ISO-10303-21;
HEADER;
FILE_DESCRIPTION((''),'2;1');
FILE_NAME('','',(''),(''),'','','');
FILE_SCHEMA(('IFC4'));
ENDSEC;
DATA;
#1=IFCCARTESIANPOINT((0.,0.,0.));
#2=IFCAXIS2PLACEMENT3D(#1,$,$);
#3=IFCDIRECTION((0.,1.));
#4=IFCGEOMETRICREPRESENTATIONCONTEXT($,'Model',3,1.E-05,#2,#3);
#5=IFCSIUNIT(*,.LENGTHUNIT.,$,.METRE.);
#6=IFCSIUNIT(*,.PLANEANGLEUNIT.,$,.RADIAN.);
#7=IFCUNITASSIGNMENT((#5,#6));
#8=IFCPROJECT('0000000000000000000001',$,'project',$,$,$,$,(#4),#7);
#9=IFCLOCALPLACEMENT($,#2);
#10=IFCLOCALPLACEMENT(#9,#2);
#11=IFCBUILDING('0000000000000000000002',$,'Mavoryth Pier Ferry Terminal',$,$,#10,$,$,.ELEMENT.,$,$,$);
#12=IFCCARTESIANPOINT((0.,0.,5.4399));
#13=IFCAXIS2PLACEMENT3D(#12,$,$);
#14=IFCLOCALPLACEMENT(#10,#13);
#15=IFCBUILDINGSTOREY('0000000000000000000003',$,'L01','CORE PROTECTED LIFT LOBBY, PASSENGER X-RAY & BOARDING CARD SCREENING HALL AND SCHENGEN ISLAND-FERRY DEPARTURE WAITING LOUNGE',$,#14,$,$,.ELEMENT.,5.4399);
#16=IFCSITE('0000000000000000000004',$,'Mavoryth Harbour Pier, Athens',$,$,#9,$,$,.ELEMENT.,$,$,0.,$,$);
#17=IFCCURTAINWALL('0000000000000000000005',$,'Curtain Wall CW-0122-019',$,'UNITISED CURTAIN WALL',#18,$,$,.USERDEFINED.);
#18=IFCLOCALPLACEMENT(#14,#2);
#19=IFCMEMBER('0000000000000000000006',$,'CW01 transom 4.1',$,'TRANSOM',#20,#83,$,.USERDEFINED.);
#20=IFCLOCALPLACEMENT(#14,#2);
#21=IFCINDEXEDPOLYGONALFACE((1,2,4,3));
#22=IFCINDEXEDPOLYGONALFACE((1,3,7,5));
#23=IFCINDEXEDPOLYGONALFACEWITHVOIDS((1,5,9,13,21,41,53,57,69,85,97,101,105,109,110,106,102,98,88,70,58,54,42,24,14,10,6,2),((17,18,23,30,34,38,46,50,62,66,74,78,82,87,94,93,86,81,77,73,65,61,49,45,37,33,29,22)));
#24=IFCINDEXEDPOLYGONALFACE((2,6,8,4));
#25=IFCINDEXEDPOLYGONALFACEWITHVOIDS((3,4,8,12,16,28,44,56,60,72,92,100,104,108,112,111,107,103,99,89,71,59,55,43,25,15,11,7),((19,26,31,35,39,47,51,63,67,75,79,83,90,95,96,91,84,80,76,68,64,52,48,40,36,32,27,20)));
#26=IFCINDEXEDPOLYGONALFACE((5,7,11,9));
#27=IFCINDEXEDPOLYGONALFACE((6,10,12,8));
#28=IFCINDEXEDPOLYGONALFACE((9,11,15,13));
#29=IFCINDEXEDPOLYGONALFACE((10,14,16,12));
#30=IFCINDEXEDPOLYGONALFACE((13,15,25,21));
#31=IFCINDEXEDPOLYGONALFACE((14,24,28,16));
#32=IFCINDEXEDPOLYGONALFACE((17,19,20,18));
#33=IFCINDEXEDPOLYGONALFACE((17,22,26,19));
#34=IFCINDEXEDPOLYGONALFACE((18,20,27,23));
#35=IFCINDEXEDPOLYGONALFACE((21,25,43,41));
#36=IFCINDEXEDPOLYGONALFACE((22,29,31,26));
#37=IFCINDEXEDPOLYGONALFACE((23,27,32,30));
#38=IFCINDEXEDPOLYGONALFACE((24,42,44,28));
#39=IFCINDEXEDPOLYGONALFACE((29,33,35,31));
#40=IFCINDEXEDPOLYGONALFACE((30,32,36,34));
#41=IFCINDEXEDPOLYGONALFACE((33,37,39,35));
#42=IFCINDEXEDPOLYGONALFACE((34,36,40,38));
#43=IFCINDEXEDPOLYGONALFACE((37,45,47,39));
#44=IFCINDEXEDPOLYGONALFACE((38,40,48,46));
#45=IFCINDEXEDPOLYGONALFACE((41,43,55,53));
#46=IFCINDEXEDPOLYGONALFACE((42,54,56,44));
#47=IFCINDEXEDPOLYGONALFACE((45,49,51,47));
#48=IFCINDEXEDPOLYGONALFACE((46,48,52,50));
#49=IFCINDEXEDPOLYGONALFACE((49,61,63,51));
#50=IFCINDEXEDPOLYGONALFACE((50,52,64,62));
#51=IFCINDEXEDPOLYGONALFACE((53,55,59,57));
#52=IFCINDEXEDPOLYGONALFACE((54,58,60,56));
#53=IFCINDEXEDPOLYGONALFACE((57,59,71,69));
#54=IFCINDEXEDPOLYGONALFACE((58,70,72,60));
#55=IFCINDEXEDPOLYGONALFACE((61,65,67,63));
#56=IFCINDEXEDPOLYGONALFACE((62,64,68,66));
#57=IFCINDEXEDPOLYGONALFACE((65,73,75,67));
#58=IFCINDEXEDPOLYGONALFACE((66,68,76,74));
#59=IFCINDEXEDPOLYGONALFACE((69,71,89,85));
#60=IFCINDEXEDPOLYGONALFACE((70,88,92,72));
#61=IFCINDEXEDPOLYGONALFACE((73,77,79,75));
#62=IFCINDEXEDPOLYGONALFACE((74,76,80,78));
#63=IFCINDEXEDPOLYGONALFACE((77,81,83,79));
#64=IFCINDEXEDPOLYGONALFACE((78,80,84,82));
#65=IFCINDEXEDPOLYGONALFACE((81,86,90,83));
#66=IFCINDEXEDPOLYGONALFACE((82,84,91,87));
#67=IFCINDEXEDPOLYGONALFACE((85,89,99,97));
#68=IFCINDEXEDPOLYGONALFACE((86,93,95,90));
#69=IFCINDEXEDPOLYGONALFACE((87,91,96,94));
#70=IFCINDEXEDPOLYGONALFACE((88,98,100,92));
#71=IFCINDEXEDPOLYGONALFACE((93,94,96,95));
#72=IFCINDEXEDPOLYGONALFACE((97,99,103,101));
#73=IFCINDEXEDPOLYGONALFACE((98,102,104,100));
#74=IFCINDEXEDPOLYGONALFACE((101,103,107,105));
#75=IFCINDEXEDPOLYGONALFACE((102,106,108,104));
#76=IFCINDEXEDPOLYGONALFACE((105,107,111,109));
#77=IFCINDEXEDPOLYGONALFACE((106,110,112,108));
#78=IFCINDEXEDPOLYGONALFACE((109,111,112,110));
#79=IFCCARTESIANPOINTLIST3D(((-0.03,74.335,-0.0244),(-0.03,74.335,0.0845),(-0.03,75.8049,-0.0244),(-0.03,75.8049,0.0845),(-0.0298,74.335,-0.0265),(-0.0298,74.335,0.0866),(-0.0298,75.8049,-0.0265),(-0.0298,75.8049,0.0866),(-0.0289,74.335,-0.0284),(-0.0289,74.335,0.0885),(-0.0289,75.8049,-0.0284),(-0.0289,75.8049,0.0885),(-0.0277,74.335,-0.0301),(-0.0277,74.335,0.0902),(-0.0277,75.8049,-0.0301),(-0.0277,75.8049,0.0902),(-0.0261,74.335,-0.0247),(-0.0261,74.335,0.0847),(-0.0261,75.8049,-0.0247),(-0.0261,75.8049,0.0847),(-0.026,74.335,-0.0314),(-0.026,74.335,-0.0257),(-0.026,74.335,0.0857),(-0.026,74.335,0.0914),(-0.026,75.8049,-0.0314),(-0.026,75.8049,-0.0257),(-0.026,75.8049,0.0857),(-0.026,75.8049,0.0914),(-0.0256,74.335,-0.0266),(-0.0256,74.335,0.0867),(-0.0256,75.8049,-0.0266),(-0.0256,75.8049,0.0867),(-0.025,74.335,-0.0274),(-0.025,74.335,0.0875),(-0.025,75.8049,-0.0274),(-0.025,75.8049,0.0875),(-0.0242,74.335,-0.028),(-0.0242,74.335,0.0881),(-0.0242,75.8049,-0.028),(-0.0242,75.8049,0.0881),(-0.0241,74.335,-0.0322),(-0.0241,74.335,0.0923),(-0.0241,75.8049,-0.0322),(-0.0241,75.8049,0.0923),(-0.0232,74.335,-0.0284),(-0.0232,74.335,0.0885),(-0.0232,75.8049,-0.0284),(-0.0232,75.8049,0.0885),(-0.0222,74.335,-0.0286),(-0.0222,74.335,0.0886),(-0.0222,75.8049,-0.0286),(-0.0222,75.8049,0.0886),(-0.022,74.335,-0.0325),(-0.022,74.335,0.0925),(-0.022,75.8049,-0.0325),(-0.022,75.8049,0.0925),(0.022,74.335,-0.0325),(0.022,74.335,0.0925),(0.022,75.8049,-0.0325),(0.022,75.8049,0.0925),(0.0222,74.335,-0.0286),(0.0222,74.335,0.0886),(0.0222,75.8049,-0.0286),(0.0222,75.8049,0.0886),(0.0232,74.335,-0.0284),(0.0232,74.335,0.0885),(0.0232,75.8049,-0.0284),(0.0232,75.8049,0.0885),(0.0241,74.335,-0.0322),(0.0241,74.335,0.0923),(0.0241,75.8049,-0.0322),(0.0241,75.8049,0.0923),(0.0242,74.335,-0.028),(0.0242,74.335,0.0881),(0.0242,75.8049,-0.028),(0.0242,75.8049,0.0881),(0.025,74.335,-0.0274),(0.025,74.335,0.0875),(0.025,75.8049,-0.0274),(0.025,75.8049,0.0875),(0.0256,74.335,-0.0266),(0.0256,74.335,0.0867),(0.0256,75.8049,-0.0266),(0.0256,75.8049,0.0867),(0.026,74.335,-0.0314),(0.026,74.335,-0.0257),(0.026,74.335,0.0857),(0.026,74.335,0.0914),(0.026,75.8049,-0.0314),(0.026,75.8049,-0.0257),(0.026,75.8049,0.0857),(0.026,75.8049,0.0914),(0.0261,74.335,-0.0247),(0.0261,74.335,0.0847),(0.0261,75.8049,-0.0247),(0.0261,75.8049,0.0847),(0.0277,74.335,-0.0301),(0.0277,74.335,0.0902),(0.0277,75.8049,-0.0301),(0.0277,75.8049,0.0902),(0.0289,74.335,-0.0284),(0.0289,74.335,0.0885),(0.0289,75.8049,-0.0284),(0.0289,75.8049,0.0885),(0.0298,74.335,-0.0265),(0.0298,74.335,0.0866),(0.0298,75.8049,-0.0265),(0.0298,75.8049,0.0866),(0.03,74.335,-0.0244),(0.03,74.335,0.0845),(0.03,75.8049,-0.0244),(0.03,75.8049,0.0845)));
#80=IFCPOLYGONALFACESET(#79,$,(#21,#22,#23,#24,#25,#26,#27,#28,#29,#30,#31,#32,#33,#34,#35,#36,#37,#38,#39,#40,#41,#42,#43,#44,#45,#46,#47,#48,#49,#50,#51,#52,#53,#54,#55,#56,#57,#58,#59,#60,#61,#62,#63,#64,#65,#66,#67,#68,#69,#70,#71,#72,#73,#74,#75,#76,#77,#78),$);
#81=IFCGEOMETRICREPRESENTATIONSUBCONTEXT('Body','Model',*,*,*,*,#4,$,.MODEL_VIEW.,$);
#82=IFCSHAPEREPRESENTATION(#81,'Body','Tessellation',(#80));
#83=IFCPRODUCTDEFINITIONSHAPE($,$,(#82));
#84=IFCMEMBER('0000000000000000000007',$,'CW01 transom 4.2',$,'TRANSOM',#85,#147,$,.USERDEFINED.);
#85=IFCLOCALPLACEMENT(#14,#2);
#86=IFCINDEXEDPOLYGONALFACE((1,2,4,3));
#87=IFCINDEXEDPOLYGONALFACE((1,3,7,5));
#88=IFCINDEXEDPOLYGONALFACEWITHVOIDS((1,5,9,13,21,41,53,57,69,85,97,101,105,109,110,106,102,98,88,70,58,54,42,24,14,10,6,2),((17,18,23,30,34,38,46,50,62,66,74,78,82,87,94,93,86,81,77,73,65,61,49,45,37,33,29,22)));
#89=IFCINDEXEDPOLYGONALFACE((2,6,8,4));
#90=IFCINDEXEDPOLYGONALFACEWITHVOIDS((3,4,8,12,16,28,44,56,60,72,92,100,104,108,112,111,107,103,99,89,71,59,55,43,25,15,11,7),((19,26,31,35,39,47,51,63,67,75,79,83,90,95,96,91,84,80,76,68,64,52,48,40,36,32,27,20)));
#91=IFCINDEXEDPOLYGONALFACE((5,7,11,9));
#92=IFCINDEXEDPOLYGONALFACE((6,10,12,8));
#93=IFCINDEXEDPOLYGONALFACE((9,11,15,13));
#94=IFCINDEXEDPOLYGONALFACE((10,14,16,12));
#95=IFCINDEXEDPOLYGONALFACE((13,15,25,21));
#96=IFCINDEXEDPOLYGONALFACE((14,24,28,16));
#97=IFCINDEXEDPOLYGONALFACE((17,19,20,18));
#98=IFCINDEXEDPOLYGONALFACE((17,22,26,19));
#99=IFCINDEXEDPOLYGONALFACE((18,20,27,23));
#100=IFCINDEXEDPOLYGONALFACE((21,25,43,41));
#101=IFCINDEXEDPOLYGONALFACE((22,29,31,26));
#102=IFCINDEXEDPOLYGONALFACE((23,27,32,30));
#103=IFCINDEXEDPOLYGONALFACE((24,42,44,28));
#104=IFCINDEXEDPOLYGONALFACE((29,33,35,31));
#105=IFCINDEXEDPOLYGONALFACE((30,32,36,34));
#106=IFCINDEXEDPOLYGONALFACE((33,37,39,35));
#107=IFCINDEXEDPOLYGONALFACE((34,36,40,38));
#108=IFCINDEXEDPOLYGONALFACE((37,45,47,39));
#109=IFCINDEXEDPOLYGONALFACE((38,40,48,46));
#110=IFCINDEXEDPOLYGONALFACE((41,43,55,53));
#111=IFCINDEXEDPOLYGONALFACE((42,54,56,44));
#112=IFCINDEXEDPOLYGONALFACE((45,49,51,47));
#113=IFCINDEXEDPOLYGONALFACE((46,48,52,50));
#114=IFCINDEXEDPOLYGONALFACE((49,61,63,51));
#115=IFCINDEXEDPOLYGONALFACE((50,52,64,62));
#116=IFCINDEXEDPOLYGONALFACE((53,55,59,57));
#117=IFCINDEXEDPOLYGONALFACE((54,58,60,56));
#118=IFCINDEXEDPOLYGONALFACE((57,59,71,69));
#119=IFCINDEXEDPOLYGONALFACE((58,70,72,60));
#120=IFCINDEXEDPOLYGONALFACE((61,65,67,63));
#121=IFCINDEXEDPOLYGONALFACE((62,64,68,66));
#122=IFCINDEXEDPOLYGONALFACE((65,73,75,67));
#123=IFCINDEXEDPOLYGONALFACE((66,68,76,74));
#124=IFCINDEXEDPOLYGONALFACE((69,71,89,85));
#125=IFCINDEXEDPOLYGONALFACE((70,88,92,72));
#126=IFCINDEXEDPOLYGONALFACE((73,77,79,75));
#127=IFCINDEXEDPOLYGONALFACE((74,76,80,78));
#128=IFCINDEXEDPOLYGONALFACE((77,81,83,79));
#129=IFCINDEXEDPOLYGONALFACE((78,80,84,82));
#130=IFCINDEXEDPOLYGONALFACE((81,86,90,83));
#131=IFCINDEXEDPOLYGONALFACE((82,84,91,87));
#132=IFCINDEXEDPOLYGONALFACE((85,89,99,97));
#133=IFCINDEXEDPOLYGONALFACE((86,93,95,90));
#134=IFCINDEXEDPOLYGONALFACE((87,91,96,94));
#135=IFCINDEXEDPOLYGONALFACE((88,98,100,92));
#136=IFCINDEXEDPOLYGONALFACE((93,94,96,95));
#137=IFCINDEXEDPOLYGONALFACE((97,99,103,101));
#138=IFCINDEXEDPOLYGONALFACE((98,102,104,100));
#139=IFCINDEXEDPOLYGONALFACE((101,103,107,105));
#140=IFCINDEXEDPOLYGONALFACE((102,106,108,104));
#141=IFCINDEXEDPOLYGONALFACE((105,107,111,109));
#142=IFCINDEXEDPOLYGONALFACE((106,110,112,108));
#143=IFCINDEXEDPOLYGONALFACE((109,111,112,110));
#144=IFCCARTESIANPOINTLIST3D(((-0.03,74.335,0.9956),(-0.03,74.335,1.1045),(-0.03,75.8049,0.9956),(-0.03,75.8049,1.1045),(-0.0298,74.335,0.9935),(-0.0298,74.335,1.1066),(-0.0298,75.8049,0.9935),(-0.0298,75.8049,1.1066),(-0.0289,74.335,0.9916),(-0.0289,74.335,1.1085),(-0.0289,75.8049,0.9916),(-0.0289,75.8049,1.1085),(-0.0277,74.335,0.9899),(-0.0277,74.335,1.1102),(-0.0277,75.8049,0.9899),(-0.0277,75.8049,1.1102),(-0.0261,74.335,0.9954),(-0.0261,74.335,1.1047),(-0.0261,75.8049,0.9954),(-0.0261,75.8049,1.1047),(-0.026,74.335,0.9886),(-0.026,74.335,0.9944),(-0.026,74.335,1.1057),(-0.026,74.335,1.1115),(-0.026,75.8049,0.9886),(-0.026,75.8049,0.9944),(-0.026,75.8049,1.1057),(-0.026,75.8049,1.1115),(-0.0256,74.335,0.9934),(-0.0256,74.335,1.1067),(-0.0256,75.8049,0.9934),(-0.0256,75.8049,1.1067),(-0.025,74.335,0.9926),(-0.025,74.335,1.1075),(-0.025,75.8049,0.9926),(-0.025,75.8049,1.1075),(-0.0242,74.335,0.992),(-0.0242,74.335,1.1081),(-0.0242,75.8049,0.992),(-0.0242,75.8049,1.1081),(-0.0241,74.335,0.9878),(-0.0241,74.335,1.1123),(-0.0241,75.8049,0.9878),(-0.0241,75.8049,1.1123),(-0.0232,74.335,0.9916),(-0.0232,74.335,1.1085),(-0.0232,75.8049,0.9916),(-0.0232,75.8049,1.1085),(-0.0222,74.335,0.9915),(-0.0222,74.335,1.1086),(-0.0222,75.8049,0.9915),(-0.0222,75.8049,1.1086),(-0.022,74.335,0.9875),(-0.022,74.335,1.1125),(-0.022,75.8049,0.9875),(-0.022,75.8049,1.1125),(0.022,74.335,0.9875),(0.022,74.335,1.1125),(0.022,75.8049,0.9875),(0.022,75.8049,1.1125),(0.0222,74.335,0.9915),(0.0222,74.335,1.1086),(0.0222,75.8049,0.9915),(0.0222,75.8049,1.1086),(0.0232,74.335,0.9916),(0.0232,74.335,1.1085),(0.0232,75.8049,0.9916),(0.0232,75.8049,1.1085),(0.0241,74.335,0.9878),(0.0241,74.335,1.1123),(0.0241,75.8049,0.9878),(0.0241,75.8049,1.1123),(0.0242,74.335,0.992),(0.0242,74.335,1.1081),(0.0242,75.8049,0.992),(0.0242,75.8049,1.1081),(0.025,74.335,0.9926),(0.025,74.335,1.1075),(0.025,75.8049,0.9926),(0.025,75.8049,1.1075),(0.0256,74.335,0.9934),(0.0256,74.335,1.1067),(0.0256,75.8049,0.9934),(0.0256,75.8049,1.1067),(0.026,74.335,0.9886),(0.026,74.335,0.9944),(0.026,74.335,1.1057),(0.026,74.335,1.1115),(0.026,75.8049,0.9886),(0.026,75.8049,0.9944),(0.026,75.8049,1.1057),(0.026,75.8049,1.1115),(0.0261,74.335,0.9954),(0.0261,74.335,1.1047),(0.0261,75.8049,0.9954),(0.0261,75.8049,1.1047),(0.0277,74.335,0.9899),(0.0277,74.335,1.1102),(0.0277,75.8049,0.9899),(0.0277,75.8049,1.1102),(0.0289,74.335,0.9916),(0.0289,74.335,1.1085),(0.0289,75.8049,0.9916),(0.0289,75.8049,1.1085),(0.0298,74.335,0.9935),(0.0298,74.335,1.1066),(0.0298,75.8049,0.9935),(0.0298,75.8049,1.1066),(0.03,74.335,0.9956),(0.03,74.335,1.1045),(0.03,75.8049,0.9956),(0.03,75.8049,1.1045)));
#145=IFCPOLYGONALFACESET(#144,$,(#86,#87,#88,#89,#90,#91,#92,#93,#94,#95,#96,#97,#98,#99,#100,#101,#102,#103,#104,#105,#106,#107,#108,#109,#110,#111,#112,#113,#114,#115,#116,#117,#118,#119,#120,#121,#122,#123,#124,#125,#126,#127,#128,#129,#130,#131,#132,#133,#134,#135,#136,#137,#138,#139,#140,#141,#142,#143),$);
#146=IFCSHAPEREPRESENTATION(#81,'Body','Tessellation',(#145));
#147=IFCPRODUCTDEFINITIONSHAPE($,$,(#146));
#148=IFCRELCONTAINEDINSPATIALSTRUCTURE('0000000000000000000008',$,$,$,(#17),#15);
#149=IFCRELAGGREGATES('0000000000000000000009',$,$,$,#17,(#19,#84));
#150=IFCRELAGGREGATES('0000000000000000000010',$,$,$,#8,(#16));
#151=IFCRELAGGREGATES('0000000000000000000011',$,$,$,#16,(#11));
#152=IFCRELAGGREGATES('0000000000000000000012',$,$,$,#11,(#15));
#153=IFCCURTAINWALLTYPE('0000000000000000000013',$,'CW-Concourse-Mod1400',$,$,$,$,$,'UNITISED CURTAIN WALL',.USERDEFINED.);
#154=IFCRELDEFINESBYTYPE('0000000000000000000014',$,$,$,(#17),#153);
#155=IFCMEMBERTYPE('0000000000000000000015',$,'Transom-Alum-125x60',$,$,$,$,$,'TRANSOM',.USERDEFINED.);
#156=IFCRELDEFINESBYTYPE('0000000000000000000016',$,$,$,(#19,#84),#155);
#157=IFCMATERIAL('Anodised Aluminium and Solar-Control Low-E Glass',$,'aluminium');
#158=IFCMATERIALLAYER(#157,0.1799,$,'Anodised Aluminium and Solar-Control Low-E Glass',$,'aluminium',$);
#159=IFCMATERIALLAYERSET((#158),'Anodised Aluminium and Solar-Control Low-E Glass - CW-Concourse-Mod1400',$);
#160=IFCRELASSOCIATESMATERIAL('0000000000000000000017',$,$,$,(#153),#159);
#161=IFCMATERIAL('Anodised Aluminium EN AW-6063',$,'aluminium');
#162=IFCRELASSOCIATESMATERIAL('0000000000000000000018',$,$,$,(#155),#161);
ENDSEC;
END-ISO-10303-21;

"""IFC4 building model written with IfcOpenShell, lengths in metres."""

from ifc_helpers import new_model, si_unit, direction, frame, origin, origin_2d, place, context, subcontext, project, spatial, hollow_rectangle, extrude, material, layer, layer_set, material_profile, profile_set, type_object, element, aggregate, save


model = new_model("IFC4")

# Units and contexts
model_context = context("Model", 3, precision=1e-05, world=origin(), true_north=direction((0.0, 1.0)))
body_context = subcontext(model_context, "Body", "Model", "MODEL_VIEW")
ifc_project = project(units=[si_unit("LENGTHUNIT", "METRE"), si_unit("PLANEANGLEUNIT", "RADIAN")], contexts=[model_context])

# Site, building, storey
site_placement = place(None, origin())
site = spatial("IfcSite", under=ifc_project, at=site_placement, Name="Mavoryth Harbour Pier, Athens", CompositionType="ELEMENT", RefElevation=0.0)
building_placement = place(site_placement, origin())
building = spatial("IfcBuilding", under=site, at=building_placement, Name="Mavoryth Pier Ferry Terminal", CompositionType="ELEMENT")
storey_placement = place(building_placement, frame((0.0, 0.0, 5.4399)))
storey = spatial("IfcBuildingStorey", under=building, at=storey_placement, Name="L01", Description="CORE PROTECTED LIFT LOBBY, PASSENGER X-RAY & BOARDING CARD SCREENING HALL AND SCHENGEN ISLAND-FERRY DEPARTURE WAITING LOUNGE", CompositionType="ELEMENT", Elevation=5.4399)

# Curtain wall, members
ifc_material_1 = material(Name="Anodised Aluminium and Solar-Control Low-E Glass", Category="aluminium")
ifc_layer_1 = layer(ifc_material_1, 0.1799, Name="Anodised Aluminium and Solar-Control Low-E Glass", Category="aluminium")
ifc_layer_set_1 = layer_set([ifc_layer_1], Name="Anodised Aluminium and Solar-Control Low-E Glass - CW-Concourse-Mod1400")
curtain_wall_type = type_object("IfcCurtainWallType", Name="CW-Concourse-Mod1400", ElementType="UNITISED CURTAIN WALL", PredefinedType="USERDEFINED", material=ifc_layer_set_1)
curtain_wall_placement = place(storey_placement, origin())
curtain_wall = element("IfcCurtainWall", 1, at=curtain_wall_placement, inside=storey, type_object=curtain_wall_type, Name="Curtain Wall CW-0122-019", ObjectType="UNITISED CURTAIN WALL", PredefinedType="USERDEFINED")
ifc_material_2 = material(Name="Anodised Aluminium EN AW-6063", Category="aluminium")
ifc_material_profile_1 = material_profile(ifc_material_2, hollow_rectangle(XDim=0.0601, YDim=0.125, WallThickness=0.0039, InnerFilletRadius=0.0039, OuterFilletRadius=0.0081, at=origin_2d()), Name="AL-TRAN 125x60x4", Category="aluminium")
ifc_profile_set_1 = profile_set([ifc_material_profile_1], Name="Anodised Aluminium EN AW-6063 - AL-TRAN 125x60x4")
member_type_1 = type_object("IfcMemberType", Name="Transom-Alum-125x60", ElementType="TRANSOM", PredefinedType="USERDEFINED", material=ifc_profile_set_1)
member_1_placement = place(storey_placement, frame((0.0, 75.8049, 0.03), z_axis=(0.0, -1.0, 0.0), x_axis=(1.0, 0.0, 0.0)))
member_1 = element("IfcMember", 2, at=member_1_placement, type_object=member_type_1, Name="CW01 transom 4.1", ObjectType="TRANSOM", PredefinedType="USERDEFINED", context=body_context, shape_type="SweptSolid", body=[
    extrude(hollow_rectangle(XDim=0.0601, YDim=0.125, WallThickness=0.0039, InnerFilletRadius=0.0039, OuterFilletRadius=0.0081, at=origin_2d()), origin(), (0.0, 0.0, 1.0), 1.47),
])
member_2_placement = place(storey_placement, frame((0.0, 75.8049, 1.05), z_axis=(0.0, -1.0, 0.0), x_axis=(1.0, 0.0, 0.0)))
member_2 = element("IfcMember", 3, at=member_2_placement, type_object=member_type_1, Name="CW01 transom 4.2", ObjectType="TRANSOM", PredefinedType="USERDEFINED", context=body_context, shape_type="SweptSolid", body=[
    extrude(hollow_rectangle(XDim=0.0601, YDim=0.125, WallThickness=0.0039, InnerFilletRadius=0.0039, OuterFilletRadius=0.0081, at=origin_2d()), origin(), (0.0, 0.0, 1.0), 1.47),
])
aggregate(curtain_wall, [member_1, member_2])

save(model, "model.ifc")
